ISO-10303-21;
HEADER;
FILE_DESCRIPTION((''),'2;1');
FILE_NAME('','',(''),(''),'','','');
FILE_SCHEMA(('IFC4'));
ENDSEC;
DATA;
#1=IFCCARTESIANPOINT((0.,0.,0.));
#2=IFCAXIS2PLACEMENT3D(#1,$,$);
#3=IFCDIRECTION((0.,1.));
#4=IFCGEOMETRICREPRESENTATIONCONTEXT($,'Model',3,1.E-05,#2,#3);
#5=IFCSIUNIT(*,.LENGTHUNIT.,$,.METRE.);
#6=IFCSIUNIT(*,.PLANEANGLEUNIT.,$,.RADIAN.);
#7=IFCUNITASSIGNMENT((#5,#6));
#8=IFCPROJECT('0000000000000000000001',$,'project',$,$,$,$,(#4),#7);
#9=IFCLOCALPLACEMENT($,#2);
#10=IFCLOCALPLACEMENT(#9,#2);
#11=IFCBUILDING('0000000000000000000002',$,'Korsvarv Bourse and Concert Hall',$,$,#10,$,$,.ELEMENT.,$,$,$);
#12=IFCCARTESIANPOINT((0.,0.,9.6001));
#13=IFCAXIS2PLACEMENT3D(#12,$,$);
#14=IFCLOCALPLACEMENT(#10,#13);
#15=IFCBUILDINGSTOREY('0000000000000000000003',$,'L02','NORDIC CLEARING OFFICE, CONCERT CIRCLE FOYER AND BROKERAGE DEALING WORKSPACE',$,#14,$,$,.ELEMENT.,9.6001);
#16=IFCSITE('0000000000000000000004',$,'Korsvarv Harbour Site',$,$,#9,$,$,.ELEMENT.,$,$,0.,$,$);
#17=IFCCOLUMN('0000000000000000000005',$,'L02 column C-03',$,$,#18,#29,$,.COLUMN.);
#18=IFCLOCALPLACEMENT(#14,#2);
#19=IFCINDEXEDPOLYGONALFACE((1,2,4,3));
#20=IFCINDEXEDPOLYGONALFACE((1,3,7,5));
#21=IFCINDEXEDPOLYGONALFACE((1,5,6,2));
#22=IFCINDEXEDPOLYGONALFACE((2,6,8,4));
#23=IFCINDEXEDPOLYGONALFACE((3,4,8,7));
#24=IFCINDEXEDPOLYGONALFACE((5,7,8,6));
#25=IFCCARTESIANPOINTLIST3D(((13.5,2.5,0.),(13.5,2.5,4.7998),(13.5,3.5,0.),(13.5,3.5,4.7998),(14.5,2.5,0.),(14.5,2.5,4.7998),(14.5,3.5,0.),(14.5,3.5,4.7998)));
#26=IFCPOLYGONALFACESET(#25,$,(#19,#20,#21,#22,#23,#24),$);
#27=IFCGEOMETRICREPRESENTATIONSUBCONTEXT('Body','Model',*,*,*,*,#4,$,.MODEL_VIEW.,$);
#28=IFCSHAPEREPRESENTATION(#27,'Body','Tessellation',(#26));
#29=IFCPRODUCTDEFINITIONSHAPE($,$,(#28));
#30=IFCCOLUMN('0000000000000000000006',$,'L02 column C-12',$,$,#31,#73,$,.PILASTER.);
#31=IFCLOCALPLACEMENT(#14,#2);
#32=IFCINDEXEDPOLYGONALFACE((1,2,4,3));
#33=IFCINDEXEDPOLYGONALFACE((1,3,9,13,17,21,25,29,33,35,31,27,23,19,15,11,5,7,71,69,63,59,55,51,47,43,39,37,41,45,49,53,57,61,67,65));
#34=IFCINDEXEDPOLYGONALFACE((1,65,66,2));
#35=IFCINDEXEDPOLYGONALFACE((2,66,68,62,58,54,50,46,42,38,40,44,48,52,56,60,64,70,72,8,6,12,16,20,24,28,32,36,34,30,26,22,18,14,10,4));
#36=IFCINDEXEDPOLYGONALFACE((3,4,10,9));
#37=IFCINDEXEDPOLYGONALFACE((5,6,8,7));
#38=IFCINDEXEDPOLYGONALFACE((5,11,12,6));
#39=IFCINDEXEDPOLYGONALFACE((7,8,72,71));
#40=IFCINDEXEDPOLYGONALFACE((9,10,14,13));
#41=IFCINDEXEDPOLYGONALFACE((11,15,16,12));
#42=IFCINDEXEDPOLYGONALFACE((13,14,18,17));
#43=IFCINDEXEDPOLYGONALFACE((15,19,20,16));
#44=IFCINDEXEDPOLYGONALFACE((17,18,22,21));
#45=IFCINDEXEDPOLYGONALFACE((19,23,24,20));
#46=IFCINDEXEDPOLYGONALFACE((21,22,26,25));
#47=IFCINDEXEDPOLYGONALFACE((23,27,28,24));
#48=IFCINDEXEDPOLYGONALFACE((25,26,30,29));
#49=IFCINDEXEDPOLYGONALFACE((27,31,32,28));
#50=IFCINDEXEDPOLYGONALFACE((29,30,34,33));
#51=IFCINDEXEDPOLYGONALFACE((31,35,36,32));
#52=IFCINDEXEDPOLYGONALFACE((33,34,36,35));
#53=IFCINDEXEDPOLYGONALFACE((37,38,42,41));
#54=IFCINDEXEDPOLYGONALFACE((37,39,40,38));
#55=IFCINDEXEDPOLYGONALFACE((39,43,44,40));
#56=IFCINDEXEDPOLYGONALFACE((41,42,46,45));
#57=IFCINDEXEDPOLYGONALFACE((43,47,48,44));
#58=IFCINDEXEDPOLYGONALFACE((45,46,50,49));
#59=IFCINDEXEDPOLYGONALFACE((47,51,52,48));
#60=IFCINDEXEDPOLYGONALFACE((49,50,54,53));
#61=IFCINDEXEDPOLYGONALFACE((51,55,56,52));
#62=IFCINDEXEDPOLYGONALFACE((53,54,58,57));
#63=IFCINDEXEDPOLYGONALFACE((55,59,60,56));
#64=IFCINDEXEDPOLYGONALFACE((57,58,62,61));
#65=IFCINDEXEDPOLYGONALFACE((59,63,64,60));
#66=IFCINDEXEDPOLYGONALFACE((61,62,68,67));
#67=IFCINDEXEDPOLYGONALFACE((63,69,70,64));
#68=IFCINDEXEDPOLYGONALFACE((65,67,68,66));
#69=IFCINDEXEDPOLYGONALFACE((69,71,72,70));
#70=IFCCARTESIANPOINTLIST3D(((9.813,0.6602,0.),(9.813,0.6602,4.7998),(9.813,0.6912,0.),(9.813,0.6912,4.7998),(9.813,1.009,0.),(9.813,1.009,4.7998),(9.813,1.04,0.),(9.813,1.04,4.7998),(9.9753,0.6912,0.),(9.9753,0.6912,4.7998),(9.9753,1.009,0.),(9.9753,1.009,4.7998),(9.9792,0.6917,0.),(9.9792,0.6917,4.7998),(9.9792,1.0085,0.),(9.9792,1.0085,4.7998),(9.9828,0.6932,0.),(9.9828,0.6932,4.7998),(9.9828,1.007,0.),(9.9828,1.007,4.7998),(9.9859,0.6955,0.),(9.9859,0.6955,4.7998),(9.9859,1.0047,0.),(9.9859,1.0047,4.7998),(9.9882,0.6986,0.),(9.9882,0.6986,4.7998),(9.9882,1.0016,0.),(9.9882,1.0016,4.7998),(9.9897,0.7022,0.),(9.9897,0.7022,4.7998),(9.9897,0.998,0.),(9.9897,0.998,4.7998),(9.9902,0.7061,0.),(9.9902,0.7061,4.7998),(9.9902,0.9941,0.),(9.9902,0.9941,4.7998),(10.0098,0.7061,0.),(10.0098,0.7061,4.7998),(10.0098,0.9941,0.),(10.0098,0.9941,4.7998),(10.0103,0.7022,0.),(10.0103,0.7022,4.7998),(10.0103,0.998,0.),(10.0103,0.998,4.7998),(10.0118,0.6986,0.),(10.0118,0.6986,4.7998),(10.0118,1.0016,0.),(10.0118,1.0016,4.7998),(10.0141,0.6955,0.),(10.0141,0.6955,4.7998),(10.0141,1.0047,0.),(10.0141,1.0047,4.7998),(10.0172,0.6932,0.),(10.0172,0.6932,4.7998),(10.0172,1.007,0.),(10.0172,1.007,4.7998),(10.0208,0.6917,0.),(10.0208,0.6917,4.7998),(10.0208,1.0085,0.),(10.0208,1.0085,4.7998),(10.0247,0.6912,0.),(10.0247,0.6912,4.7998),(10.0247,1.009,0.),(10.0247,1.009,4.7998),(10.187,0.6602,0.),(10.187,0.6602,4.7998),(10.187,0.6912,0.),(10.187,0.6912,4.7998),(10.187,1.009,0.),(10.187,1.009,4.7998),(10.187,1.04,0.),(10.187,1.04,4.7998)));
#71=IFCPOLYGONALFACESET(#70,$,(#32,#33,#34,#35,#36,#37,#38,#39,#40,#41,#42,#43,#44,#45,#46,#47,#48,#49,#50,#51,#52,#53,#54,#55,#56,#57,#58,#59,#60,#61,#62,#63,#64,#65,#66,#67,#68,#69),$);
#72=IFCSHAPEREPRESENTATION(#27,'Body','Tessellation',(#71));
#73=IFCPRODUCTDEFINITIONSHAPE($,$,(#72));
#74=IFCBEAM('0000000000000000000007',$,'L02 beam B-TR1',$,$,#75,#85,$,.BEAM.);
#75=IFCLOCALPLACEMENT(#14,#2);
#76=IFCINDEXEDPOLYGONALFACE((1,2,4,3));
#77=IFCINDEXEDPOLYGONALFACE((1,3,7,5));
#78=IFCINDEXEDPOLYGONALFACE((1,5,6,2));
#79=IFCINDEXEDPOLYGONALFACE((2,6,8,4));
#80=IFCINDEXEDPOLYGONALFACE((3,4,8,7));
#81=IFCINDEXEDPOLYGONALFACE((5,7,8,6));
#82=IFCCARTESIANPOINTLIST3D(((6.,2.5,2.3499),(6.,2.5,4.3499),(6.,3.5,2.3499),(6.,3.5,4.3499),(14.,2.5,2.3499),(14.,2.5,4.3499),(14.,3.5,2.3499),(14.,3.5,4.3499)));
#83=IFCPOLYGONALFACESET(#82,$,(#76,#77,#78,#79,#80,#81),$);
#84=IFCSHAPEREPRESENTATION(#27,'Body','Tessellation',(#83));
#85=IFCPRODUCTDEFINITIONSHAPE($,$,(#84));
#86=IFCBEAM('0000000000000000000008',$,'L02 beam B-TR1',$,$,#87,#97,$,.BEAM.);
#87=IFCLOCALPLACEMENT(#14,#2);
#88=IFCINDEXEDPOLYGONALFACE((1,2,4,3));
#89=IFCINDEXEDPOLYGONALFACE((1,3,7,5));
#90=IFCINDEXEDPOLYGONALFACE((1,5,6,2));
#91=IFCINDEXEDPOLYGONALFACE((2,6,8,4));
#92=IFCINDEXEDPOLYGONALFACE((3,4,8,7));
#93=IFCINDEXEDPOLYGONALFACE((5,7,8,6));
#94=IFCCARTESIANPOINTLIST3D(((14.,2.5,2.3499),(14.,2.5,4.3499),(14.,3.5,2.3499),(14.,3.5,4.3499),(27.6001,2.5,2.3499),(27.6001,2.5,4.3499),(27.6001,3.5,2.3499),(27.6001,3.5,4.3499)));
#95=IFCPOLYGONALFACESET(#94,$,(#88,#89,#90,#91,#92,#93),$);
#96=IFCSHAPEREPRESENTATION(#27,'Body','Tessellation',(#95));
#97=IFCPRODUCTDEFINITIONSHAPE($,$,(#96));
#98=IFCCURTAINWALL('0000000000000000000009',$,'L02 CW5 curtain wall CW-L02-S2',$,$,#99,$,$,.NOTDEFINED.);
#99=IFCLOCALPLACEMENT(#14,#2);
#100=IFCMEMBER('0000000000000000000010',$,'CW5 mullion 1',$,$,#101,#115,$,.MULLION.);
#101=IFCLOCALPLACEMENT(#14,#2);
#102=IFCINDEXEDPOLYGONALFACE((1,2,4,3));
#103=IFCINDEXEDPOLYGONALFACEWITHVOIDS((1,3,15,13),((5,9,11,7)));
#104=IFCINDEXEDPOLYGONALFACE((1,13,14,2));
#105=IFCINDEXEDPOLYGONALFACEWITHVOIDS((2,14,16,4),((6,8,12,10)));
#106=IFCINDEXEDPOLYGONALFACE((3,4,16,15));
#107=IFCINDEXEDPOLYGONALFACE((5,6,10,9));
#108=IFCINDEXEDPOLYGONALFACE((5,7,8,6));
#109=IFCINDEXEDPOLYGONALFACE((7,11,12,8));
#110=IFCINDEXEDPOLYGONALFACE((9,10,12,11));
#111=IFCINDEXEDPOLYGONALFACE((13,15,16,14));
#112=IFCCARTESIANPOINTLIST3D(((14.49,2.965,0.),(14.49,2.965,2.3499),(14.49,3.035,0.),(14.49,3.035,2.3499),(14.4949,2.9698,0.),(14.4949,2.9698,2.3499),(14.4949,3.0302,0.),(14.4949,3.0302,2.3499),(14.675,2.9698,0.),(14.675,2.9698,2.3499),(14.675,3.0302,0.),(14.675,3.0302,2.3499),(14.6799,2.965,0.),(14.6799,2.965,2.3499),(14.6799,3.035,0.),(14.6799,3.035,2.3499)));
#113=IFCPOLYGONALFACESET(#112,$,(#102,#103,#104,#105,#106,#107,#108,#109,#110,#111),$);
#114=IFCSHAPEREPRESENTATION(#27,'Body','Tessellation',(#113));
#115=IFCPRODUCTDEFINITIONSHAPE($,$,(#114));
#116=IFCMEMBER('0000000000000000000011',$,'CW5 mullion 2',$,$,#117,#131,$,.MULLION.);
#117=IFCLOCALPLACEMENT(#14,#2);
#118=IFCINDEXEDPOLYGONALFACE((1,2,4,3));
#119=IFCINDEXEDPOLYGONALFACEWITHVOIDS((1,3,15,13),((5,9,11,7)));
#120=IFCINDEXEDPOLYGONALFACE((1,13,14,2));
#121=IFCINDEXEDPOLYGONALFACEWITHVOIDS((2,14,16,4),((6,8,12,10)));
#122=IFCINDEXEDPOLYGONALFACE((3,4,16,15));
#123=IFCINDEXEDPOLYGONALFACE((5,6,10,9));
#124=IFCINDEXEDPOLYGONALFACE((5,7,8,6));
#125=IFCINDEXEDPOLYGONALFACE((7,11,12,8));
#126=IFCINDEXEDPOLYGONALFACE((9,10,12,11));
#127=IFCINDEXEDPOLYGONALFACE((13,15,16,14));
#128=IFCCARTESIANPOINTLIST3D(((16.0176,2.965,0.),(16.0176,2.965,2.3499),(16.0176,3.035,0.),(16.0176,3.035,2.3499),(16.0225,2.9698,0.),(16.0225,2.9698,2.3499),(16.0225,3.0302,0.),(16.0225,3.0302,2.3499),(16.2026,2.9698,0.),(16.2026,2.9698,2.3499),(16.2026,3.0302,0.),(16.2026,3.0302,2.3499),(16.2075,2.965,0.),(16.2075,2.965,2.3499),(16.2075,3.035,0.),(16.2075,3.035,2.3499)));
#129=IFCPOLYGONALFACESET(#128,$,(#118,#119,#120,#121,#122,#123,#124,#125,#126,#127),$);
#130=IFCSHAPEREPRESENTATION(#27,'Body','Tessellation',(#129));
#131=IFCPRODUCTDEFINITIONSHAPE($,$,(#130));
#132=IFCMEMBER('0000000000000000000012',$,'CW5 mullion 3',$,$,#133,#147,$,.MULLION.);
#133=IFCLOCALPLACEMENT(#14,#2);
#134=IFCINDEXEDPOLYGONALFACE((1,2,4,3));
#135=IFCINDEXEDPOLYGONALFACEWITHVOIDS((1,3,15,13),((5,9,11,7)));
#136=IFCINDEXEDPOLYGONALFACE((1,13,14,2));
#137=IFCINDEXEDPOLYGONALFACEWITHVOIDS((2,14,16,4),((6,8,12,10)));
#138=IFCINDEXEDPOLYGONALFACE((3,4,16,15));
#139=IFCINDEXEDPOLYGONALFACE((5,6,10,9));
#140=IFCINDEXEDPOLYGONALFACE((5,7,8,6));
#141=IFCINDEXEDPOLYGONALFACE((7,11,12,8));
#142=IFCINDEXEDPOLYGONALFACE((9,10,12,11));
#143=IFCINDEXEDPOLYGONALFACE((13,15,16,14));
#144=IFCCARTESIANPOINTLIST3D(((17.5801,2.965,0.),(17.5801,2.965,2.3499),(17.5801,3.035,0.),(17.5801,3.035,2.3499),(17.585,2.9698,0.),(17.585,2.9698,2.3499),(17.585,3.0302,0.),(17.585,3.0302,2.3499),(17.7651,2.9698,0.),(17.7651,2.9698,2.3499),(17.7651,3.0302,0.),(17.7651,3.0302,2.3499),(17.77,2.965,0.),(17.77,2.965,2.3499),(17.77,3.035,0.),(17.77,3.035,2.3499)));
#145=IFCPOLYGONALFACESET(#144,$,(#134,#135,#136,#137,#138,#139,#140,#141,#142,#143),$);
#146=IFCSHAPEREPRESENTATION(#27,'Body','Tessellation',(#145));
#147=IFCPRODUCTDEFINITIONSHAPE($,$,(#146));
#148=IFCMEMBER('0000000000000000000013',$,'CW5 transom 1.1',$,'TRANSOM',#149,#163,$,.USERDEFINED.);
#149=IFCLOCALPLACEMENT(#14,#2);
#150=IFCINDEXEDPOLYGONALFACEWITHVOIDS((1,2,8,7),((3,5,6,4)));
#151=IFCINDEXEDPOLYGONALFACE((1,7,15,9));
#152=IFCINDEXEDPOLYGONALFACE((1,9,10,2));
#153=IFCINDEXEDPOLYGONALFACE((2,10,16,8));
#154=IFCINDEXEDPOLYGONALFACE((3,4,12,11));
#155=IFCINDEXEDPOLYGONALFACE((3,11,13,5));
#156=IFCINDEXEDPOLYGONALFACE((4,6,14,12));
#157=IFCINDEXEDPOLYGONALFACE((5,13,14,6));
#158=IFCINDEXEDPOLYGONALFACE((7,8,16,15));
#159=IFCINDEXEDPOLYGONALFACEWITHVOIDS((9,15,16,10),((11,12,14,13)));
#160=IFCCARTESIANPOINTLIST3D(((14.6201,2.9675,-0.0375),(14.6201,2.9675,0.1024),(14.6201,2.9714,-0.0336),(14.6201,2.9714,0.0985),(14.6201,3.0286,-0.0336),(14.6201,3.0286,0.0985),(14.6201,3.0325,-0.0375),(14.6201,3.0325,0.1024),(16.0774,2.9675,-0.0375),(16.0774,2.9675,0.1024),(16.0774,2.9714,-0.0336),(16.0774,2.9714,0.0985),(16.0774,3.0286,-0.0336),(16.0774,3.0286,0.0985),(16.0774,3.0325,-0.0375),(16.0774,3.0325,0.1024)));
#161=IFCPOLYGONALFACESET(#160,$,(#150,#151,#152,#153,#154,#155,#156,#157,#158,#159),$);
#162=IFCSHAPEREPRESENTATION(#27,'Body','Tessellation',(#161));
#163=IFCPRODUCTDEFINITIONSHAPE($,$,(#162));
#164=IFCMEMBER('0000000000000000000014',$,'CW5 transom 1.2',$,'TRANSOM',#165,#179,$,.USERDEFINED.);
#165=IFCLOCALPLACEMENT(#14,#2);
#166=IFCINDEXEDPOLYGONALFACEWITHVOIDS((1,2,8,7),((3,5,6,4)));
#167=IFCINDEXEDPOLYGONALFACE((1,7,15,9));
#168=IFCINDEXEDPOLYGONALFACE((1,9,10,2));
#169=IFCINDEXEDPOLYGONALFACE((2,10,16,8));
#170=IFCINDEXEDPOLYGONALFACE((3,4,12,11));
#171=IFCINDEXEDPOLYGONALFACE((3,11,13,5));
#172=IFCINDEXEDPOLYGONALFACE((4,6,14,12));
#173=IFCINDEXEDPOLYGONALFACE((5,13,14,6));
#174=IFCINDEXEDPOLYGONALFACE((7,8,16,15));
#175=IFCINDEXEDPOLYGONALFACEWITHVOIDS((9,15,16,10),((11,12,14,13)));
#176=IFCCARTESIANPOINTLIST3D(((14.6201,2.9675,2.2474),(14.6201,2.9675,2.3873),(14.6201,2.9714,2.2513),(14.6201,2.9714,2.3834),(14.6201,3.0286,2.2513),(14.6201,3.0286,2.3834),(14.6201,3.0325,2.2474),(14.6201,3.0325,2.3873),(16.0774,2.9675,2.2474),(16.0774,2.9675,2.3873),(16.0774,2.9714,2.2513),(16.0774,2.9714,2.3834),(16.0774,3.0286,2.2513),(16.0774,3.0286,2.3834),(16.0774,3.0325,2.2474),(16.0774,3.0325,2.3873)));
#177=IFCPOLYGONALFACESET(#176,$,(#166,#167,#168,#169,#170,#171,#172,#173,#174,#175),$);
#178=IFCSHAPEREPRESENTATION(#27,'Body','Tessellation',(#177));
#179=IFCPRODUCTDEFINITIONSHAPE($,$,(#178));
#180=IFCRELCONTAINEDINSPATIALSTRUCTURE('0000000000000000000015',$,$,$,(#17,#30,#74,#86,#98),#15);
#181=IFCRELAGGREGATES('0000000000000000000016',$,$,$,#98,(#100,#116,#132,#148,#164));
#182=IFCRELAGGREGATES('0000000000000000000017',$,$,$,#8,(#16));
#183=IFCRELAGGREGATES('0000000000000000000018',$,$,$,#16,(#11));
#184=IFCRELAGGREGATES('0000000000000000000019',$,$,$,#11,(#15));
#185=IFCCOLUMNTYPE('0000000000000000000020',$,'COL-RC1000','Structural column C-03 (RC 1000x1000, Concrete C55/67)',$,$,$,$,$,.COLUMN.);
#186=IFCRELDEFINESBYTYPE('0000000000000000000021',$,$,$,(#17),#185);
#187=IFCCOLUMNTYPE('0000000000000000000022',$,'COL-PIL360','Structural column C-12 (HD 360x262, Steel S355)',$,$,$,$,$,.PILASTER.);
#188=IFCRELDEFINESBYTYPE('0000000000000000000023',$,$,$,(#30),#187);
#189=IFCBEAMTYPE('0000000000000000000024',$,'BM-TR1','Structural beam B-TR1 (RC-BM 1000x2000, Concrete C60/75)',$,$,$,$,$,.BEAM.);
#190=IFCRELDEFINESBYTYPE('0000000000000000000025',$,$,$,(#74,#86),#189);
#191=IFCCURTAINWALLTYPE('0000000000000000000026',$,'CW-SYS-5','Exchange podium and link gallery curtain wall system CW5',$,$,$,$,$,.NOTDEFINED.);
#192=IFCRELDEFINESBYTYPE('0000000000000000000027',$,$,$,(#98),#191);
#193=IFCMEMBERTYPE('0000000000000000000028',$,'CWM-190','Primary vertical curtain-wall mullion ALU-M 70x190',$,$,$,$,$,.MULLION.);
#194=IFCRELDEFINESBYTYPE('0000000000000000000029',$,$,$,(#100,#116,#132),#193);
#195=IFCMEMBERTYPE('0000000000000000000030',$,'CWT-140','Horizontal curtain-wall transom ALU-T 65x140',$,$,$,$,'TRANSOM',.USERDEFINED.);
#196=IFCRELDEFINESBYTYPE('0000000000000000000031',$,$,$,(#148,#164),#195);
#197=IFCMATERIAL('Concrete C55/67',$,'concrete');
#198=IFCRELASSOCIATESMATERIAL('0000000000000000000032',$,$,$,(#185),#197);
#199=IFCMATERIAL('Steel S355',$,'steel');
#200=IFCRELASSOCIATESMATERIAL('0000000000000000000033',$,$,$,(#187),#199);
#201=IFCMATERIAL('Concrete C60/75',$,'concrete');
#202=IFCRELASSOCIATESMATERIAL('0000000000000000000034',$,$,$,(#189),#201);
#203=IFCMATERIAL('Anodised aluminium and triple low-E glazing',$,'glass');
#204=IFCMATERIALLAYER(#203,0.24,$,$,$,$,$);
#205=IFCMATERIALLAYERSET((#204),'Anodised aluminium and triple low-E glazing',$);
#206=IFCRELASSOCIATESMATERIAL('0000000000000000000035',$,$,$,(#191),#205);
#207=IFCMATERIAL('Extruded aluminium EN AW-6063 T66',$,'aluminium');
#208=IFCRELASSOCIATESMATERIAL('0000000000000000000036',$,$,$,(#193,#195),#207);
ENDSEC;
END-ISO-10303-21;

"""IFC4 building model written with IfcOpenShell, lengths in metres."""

from ifc_helpers import new_model, si_unit, direction, frame, origin, origin_2d, place, context, subcontext, project, spatial, rectangle, hollow_rectangle, i_section, extrude, source, transform, mapped, material, layer, layer_set, material_profile, profile_set, type_object, element, aggregate, save


model = new_model("IFC4")

# Units and contexts
model_context = context("Model", 3, precision=1e-05, world=origin(), true_north=direction((0.0, 1.0)))
body_context = subcontext(model_context, "Body", "Model", "MODEL_VIEW")
ifc_project = project(units=[si_unit("LENGTHUNIT", "METRE"), si_unit("PLANEANGLEUNIT", "RADIAN")], contexts=[model_context])

# Site, building, storey
site_placement = place(None, origin())
site = spatial("IfcSite", under=ifc_project, at=site_placement, Name="Korsvarv Harbour Site", CompositionType="ELEMENT", RefElevation=0.0)
building_placement = place(site_placement, origin())
building = spatial("IfcBuilding", under=site, at=building_placement, Name="Korsvarv Bourse and Concert Hall", CompositionType="ELEMENT")
storey_placement = place(building_placement, frame((0.0, 0.0, 9.6001)))
storey = spatial("IfcBuildingStorey", under=building, at=storey_placement, Name="L02", Description="NORDIC CLEARING OFFICE, CONCERT CIRCLE FOYER AND BROKERAGE DEALING WORKSPACE", CompositionType="ELEMENT", Elevation=9.6001)

# Columns
ifc_material_1 = material(Name="Concrete C55/67", Category="concrete")
ifc_material_profile_1 = material_profile(ifc_material_1, rectangle(XDim=1.0, YDim=1.0, at=origin_2d()), Name="RC 1000x1000")
ifc_profile_set_1 = profile_set([ifc_material_profile_1], Name="Concrete C55/67")
column_type_1 = type_object("IfcColumnType", Name="COL-RC1000", Description="Structural column C-03 (RC 1000x1000, Concrete C55/67)", PredefinedType="COLUMN", material=ifc_profile_set_1)
shared_shape_1 = source(origin(), body_context, "Body", "SweptSolid", [
    extrude(rectangle(XDim=1.0, YDim=1.0, at=origin_2d()), origin(), (0.0, 0.0, 1.0), 4.7998),
])
column_1_placement = place(storey_placement, frame((14.0, 3.0, 0.0), z_axis=(0.0, 0.0, 1.0), x_axis=(1.0, 0.0, 0.0)))
element("IfcColumn", 1, at=column_1_placement, inside=storey, type_object=column_type_1, Name="L02 column C-03", PredefinedType="COLUMN", context=body_context, shape_type="MappedRepresentation", body=[
    mapped(shared_shape_1, transform((0.0, 0.0, 0.0), scale=1.0)),
])
ifc_material_2 = material(Name="Steel S355", Category="steel")
ifc_material_profile_2 = material_profile(ifc_material_2, i_section(OverallWidth=0.374, OverallDepth=0.3799, WebThickness=0.0195, FlangeThickness=0.031, FilletRadius=0.0149, at=origin_2d()), Name="HD 360x262")
ifc_profile_set_2 = profile_set([ifc_material_profile_2], Name="Steel S355")
column_type_2 = type_object("IfcColumnType", Name="COL-PIL360", Description="Structural column C-12 (HD 360x262, Steel S355)", PredefinedType="PILASTER", material=ifc_profile_set_2)
shared_shape_2 = source(origin(), body_context, "Body", "SweptSolid", [
    extrude(i_section(OverallWidth=0.374, OverallDepth=0.3799, WebThickness=0.0195, FlangeThickness=0.031, FilletRadius=0.0149, at=origin_2d()), origin(), (0.0, 0.0, 1.0), 4.7998),
])
column_2_placement = place(storey_placement, frame((10.0, 0.8501, 0.0), z_axis=(0.0, 0.0, 1.0), x_axis=(1.0, 0.0, 0.0)))
element("IfcColumn", 2, at=column_2_placement, inside=storey, type_object=column_type_2, Name="L02 column C-12", PredefinedType="PILASTER", context=body_context, shape_type="MappedRepresentation", body=[
    mapped(shared_shape_2, transform((0.0, 0.0, 0.0), scale=1.0)),
])

# Beams
ifc_material_3 = material(Name="Concrete C60/75", Category="concrete")
ifc_material_profile_3 = material_profile(ifc_material_3, rectangle(XDim=1.0, YDim=2.0, at=origin_2d()), Name="RC-BM 1000x2000")
ifc_profile_set_3 = profile_set([ifc_material_profile_3], Name="Concrete C60/75")
beam_type = type_object("IfcBeamType", Name="BM-TR1", Description="Structural beam B-TR1 (RC-BM 1000x2000, Concrete C60/75)", PredefinedType="BEAM", material=ifc_profile_set_3)
shared_shape_3 = source(origin(), body_context, "Body", "SweptSolid", [
    extrude(rectangle(XDim=1.0, YDim=2.0, at=origin_2d()), origin(), (0.0, 0.0, 1.0), 8.0),
])
beam_1_placement = place(storey_placement, frame((6.0, 3.0, 3.3499), z_axis=(1.0, 0.0, 0.0), x_axis=(0.0, 1.0, 0.0)))
element("IfcBeam", 3, at=beam_1_placement, inside=storey, type_object=beam_type, Name="L02 beam B-TR1", PredefinedType="BEAM", context=body_context, shape_type="MappedRepresentation", body=[
    mapped(shared_shape_3, transform((0.0, 0.0, 0.0), scale=1.0)),
])
shared_shape_4 = source(origin(), body_context, "Body", "SweptSolid", [
    extrude(rectangle(XDim=1.0, YDim=2.0, at=origin_2d()), origin(), (0.0, 0.0, 1.0), 13.6001),
])
beam_2_placement = place(storey_placement, frame((14.0, 3.0, 3.3499), z_axis=(1.0, 0.0, 0.0), x_axis=(0.0, 1.0, 0.0)))
element("IfcBeam", 4, at=beam_2_placement, inside=storey, type_object=beam_type, Name="L02 beam B-TR1", PredefinedType="BEAM", context=body_context, shape_type="MappedRepresentation", body=[
    mapped(shared_shape_4, transform((0.0, 0.0, 0.0), scale=1.0)),
])

# Curtain wall, members
ifc_material_4 = material(Name="Anodised aluminium and triple low-E glazing", Category="glass")
ifc_layer_1 = layer(ifc_material_4, 0.24)
ifc_layer_set_1 = layer_set([ifc_layer_1], Name="Anodised aluminium and triple low-E glazing")
curtain_wall_type = type_object("IfcCurtainWallType", Name="CW-SYS-5", Description="Exchange podium and link gallery curtain wall system CW5", PredefinedType="NOTDEFINED", material=ifc_layer_set_1)
curtain_wall_placement = place(storey_placement, origin())
curtain_wall = element("IfcCurtainWall", 5, at=curtain_wall_placement, inside=storey, type_object=curtain_wall_type, Name="L02 CW5 curtain wall CW-L02-S2", PredefinedType="NOTDEFINED")
ifc_material_5 = material(Name="Extruded aluminium EN AW-6063 T66", Category="aluminium")
ifc_material_profile_4 = material_profile(ifc_material_5, hollow_rectangle(XDim=0.0701, YDim=0.1899, WallThickness=0.0049, at=origin_2d()), Name="ALU-M 70x190")
ifc_profile_set_4 = profile_set([ifc_material_profile_4], Name="Extruded aluminium EN AW-6063 T66")
member_type_1 = type_object("IfcMemberType", Name="CWM-190", Description="Primary vertical curtain-wall mullion ALU-M 70x190", PredefinedType="MULLION", material=ifc_profile_set_4)
shared_shape_5 = source(origin(), body_context, "Body", "SweptSolid", [
    extrude(hollow_rectangle(XDim=0.0701, YDim=0.1899, WallThickness=0.0049, at=origin_2d()), origin(), (0.0, 0.0, 1.0), 2.3499),
])
member_1_placement = place(storey_placement, frame((14.585, 3.0, 0.0), z_axis=(0.0, 0.0, 1.0), x_axis=(0.0, 1.0, 0.0)))
member_1 = element("IfcMember", 6, at=member_1_placement, type_object=member_type_1, Name="CW5 mullion 1", PredefinedType="MULLION", context=body_context, shape_type="MappedRepresentation", body=[
    mapped(shared_shape_5, transform((0.0, 0.0, 0.0), scale=1.0)),
])
member_2_placement = place(storey_placement, frame((16.1125, 3.0, 0.0), z_axis=(0.0, 0.0, 1.0), x_axis=(0.0, 1.0, 0.0)))
member_2 = element("IfcMember", 7, at=member_2_placement, type_object=member_type_1, Name="CW5 mullion 2", PredefinedType="MULLION", context=body_context, shape_type="MappedRepresentation", body=[
    mapped(shared_shape_5, transform((0.0, 0.0, 0.0), scale=1.0)),
])
member_3_placement = place(storey_placement, frame((17.675, 3.0, 0.0), z_axis=(0.0, 0.0, 1.0), x_axis=(0.0, 1.0, 0.0)))
member_3 = element("IfcMember", 8, at=member_3_placement, type_object=member_type_1, Name="CW5 mullion 3", PredefinedType="MULLION", context=body_context, shape_type="MappedRepresentation", body=[
    mapped(shared_shape_5, transform((0.0, 0.0, 0.0), scale=1.0)),
])
ifc_material_profile_5 = material_profile(ifc_material_5, hollow_rectangle(XDim=0.0649, YDim=0.1399, WallThickness=0.0039, at=origin_2d()), Name="ALU-T 65x140")
ifc_profile_set_5 = profile_set([ifc_material_profile_5], Name="Extruded aluminium EN AW-6063 T66")
member_type_2 = type_object("IfcMemberType", Name="CWT-140", Description="Horizontal curtain-wall transom ALU-T 65x140", ElementType="TRANSOM", PredefinedType="USERDEFINED", material=ifc_profile_set_5)
shared_shape_6 = source(origin(), body_context, "Body", "SweptSolid", [
    extrude(hollow_rectangle(XDim=0.0649, YDim=0.1399, WallThickness=0.0039, at=origin_2d()), origin(), (0.0, 0.0, 1.0), 1.4573),
])
member_4_placement = place(storey_placement, frame((14.6201, 3.0, 0.0325), z_axis=(1.0, 0.0, 0.0), x_axis=(0.0, 1.0, 0.0)))
member_4 = element("IfcMember", 9, at=member_4_placement, type_object=member_type_2, Name="CW5 transom 1.1", ObjectType="TRANSOM", PredefinedType="USERDEFINED", context=body_context, shape_type="MappedRepresentation", body=[
    mapped(shared_shape_6, transform((0.0, 0.0, 0.0), scale=1.0)),
])
member_5_placement = place(storey_placement, frame((14.6201, 3.0, 2.3174), z_axis=(1.0, 0.0, 0.0), x_axis=(0.0, 1.0, 0.0)))
member_5 = element("IfcMember", 10, at=member_5_placement, type_object=member_type_2, Name="CW5 transom 1.2", ObjectType="TRANSOM", PredefinedType="USERDEFINED", context=body_context, shape_type="MappedRepresentation", body=[
    mapped(shared_shape_6, transform((0.0, 0.0, 0.0), scale=1.0)),
])
aggregate(curtain_wall, [member_1, member_2, member_3, member_4, member_5])

save(model, "model.ifc")
